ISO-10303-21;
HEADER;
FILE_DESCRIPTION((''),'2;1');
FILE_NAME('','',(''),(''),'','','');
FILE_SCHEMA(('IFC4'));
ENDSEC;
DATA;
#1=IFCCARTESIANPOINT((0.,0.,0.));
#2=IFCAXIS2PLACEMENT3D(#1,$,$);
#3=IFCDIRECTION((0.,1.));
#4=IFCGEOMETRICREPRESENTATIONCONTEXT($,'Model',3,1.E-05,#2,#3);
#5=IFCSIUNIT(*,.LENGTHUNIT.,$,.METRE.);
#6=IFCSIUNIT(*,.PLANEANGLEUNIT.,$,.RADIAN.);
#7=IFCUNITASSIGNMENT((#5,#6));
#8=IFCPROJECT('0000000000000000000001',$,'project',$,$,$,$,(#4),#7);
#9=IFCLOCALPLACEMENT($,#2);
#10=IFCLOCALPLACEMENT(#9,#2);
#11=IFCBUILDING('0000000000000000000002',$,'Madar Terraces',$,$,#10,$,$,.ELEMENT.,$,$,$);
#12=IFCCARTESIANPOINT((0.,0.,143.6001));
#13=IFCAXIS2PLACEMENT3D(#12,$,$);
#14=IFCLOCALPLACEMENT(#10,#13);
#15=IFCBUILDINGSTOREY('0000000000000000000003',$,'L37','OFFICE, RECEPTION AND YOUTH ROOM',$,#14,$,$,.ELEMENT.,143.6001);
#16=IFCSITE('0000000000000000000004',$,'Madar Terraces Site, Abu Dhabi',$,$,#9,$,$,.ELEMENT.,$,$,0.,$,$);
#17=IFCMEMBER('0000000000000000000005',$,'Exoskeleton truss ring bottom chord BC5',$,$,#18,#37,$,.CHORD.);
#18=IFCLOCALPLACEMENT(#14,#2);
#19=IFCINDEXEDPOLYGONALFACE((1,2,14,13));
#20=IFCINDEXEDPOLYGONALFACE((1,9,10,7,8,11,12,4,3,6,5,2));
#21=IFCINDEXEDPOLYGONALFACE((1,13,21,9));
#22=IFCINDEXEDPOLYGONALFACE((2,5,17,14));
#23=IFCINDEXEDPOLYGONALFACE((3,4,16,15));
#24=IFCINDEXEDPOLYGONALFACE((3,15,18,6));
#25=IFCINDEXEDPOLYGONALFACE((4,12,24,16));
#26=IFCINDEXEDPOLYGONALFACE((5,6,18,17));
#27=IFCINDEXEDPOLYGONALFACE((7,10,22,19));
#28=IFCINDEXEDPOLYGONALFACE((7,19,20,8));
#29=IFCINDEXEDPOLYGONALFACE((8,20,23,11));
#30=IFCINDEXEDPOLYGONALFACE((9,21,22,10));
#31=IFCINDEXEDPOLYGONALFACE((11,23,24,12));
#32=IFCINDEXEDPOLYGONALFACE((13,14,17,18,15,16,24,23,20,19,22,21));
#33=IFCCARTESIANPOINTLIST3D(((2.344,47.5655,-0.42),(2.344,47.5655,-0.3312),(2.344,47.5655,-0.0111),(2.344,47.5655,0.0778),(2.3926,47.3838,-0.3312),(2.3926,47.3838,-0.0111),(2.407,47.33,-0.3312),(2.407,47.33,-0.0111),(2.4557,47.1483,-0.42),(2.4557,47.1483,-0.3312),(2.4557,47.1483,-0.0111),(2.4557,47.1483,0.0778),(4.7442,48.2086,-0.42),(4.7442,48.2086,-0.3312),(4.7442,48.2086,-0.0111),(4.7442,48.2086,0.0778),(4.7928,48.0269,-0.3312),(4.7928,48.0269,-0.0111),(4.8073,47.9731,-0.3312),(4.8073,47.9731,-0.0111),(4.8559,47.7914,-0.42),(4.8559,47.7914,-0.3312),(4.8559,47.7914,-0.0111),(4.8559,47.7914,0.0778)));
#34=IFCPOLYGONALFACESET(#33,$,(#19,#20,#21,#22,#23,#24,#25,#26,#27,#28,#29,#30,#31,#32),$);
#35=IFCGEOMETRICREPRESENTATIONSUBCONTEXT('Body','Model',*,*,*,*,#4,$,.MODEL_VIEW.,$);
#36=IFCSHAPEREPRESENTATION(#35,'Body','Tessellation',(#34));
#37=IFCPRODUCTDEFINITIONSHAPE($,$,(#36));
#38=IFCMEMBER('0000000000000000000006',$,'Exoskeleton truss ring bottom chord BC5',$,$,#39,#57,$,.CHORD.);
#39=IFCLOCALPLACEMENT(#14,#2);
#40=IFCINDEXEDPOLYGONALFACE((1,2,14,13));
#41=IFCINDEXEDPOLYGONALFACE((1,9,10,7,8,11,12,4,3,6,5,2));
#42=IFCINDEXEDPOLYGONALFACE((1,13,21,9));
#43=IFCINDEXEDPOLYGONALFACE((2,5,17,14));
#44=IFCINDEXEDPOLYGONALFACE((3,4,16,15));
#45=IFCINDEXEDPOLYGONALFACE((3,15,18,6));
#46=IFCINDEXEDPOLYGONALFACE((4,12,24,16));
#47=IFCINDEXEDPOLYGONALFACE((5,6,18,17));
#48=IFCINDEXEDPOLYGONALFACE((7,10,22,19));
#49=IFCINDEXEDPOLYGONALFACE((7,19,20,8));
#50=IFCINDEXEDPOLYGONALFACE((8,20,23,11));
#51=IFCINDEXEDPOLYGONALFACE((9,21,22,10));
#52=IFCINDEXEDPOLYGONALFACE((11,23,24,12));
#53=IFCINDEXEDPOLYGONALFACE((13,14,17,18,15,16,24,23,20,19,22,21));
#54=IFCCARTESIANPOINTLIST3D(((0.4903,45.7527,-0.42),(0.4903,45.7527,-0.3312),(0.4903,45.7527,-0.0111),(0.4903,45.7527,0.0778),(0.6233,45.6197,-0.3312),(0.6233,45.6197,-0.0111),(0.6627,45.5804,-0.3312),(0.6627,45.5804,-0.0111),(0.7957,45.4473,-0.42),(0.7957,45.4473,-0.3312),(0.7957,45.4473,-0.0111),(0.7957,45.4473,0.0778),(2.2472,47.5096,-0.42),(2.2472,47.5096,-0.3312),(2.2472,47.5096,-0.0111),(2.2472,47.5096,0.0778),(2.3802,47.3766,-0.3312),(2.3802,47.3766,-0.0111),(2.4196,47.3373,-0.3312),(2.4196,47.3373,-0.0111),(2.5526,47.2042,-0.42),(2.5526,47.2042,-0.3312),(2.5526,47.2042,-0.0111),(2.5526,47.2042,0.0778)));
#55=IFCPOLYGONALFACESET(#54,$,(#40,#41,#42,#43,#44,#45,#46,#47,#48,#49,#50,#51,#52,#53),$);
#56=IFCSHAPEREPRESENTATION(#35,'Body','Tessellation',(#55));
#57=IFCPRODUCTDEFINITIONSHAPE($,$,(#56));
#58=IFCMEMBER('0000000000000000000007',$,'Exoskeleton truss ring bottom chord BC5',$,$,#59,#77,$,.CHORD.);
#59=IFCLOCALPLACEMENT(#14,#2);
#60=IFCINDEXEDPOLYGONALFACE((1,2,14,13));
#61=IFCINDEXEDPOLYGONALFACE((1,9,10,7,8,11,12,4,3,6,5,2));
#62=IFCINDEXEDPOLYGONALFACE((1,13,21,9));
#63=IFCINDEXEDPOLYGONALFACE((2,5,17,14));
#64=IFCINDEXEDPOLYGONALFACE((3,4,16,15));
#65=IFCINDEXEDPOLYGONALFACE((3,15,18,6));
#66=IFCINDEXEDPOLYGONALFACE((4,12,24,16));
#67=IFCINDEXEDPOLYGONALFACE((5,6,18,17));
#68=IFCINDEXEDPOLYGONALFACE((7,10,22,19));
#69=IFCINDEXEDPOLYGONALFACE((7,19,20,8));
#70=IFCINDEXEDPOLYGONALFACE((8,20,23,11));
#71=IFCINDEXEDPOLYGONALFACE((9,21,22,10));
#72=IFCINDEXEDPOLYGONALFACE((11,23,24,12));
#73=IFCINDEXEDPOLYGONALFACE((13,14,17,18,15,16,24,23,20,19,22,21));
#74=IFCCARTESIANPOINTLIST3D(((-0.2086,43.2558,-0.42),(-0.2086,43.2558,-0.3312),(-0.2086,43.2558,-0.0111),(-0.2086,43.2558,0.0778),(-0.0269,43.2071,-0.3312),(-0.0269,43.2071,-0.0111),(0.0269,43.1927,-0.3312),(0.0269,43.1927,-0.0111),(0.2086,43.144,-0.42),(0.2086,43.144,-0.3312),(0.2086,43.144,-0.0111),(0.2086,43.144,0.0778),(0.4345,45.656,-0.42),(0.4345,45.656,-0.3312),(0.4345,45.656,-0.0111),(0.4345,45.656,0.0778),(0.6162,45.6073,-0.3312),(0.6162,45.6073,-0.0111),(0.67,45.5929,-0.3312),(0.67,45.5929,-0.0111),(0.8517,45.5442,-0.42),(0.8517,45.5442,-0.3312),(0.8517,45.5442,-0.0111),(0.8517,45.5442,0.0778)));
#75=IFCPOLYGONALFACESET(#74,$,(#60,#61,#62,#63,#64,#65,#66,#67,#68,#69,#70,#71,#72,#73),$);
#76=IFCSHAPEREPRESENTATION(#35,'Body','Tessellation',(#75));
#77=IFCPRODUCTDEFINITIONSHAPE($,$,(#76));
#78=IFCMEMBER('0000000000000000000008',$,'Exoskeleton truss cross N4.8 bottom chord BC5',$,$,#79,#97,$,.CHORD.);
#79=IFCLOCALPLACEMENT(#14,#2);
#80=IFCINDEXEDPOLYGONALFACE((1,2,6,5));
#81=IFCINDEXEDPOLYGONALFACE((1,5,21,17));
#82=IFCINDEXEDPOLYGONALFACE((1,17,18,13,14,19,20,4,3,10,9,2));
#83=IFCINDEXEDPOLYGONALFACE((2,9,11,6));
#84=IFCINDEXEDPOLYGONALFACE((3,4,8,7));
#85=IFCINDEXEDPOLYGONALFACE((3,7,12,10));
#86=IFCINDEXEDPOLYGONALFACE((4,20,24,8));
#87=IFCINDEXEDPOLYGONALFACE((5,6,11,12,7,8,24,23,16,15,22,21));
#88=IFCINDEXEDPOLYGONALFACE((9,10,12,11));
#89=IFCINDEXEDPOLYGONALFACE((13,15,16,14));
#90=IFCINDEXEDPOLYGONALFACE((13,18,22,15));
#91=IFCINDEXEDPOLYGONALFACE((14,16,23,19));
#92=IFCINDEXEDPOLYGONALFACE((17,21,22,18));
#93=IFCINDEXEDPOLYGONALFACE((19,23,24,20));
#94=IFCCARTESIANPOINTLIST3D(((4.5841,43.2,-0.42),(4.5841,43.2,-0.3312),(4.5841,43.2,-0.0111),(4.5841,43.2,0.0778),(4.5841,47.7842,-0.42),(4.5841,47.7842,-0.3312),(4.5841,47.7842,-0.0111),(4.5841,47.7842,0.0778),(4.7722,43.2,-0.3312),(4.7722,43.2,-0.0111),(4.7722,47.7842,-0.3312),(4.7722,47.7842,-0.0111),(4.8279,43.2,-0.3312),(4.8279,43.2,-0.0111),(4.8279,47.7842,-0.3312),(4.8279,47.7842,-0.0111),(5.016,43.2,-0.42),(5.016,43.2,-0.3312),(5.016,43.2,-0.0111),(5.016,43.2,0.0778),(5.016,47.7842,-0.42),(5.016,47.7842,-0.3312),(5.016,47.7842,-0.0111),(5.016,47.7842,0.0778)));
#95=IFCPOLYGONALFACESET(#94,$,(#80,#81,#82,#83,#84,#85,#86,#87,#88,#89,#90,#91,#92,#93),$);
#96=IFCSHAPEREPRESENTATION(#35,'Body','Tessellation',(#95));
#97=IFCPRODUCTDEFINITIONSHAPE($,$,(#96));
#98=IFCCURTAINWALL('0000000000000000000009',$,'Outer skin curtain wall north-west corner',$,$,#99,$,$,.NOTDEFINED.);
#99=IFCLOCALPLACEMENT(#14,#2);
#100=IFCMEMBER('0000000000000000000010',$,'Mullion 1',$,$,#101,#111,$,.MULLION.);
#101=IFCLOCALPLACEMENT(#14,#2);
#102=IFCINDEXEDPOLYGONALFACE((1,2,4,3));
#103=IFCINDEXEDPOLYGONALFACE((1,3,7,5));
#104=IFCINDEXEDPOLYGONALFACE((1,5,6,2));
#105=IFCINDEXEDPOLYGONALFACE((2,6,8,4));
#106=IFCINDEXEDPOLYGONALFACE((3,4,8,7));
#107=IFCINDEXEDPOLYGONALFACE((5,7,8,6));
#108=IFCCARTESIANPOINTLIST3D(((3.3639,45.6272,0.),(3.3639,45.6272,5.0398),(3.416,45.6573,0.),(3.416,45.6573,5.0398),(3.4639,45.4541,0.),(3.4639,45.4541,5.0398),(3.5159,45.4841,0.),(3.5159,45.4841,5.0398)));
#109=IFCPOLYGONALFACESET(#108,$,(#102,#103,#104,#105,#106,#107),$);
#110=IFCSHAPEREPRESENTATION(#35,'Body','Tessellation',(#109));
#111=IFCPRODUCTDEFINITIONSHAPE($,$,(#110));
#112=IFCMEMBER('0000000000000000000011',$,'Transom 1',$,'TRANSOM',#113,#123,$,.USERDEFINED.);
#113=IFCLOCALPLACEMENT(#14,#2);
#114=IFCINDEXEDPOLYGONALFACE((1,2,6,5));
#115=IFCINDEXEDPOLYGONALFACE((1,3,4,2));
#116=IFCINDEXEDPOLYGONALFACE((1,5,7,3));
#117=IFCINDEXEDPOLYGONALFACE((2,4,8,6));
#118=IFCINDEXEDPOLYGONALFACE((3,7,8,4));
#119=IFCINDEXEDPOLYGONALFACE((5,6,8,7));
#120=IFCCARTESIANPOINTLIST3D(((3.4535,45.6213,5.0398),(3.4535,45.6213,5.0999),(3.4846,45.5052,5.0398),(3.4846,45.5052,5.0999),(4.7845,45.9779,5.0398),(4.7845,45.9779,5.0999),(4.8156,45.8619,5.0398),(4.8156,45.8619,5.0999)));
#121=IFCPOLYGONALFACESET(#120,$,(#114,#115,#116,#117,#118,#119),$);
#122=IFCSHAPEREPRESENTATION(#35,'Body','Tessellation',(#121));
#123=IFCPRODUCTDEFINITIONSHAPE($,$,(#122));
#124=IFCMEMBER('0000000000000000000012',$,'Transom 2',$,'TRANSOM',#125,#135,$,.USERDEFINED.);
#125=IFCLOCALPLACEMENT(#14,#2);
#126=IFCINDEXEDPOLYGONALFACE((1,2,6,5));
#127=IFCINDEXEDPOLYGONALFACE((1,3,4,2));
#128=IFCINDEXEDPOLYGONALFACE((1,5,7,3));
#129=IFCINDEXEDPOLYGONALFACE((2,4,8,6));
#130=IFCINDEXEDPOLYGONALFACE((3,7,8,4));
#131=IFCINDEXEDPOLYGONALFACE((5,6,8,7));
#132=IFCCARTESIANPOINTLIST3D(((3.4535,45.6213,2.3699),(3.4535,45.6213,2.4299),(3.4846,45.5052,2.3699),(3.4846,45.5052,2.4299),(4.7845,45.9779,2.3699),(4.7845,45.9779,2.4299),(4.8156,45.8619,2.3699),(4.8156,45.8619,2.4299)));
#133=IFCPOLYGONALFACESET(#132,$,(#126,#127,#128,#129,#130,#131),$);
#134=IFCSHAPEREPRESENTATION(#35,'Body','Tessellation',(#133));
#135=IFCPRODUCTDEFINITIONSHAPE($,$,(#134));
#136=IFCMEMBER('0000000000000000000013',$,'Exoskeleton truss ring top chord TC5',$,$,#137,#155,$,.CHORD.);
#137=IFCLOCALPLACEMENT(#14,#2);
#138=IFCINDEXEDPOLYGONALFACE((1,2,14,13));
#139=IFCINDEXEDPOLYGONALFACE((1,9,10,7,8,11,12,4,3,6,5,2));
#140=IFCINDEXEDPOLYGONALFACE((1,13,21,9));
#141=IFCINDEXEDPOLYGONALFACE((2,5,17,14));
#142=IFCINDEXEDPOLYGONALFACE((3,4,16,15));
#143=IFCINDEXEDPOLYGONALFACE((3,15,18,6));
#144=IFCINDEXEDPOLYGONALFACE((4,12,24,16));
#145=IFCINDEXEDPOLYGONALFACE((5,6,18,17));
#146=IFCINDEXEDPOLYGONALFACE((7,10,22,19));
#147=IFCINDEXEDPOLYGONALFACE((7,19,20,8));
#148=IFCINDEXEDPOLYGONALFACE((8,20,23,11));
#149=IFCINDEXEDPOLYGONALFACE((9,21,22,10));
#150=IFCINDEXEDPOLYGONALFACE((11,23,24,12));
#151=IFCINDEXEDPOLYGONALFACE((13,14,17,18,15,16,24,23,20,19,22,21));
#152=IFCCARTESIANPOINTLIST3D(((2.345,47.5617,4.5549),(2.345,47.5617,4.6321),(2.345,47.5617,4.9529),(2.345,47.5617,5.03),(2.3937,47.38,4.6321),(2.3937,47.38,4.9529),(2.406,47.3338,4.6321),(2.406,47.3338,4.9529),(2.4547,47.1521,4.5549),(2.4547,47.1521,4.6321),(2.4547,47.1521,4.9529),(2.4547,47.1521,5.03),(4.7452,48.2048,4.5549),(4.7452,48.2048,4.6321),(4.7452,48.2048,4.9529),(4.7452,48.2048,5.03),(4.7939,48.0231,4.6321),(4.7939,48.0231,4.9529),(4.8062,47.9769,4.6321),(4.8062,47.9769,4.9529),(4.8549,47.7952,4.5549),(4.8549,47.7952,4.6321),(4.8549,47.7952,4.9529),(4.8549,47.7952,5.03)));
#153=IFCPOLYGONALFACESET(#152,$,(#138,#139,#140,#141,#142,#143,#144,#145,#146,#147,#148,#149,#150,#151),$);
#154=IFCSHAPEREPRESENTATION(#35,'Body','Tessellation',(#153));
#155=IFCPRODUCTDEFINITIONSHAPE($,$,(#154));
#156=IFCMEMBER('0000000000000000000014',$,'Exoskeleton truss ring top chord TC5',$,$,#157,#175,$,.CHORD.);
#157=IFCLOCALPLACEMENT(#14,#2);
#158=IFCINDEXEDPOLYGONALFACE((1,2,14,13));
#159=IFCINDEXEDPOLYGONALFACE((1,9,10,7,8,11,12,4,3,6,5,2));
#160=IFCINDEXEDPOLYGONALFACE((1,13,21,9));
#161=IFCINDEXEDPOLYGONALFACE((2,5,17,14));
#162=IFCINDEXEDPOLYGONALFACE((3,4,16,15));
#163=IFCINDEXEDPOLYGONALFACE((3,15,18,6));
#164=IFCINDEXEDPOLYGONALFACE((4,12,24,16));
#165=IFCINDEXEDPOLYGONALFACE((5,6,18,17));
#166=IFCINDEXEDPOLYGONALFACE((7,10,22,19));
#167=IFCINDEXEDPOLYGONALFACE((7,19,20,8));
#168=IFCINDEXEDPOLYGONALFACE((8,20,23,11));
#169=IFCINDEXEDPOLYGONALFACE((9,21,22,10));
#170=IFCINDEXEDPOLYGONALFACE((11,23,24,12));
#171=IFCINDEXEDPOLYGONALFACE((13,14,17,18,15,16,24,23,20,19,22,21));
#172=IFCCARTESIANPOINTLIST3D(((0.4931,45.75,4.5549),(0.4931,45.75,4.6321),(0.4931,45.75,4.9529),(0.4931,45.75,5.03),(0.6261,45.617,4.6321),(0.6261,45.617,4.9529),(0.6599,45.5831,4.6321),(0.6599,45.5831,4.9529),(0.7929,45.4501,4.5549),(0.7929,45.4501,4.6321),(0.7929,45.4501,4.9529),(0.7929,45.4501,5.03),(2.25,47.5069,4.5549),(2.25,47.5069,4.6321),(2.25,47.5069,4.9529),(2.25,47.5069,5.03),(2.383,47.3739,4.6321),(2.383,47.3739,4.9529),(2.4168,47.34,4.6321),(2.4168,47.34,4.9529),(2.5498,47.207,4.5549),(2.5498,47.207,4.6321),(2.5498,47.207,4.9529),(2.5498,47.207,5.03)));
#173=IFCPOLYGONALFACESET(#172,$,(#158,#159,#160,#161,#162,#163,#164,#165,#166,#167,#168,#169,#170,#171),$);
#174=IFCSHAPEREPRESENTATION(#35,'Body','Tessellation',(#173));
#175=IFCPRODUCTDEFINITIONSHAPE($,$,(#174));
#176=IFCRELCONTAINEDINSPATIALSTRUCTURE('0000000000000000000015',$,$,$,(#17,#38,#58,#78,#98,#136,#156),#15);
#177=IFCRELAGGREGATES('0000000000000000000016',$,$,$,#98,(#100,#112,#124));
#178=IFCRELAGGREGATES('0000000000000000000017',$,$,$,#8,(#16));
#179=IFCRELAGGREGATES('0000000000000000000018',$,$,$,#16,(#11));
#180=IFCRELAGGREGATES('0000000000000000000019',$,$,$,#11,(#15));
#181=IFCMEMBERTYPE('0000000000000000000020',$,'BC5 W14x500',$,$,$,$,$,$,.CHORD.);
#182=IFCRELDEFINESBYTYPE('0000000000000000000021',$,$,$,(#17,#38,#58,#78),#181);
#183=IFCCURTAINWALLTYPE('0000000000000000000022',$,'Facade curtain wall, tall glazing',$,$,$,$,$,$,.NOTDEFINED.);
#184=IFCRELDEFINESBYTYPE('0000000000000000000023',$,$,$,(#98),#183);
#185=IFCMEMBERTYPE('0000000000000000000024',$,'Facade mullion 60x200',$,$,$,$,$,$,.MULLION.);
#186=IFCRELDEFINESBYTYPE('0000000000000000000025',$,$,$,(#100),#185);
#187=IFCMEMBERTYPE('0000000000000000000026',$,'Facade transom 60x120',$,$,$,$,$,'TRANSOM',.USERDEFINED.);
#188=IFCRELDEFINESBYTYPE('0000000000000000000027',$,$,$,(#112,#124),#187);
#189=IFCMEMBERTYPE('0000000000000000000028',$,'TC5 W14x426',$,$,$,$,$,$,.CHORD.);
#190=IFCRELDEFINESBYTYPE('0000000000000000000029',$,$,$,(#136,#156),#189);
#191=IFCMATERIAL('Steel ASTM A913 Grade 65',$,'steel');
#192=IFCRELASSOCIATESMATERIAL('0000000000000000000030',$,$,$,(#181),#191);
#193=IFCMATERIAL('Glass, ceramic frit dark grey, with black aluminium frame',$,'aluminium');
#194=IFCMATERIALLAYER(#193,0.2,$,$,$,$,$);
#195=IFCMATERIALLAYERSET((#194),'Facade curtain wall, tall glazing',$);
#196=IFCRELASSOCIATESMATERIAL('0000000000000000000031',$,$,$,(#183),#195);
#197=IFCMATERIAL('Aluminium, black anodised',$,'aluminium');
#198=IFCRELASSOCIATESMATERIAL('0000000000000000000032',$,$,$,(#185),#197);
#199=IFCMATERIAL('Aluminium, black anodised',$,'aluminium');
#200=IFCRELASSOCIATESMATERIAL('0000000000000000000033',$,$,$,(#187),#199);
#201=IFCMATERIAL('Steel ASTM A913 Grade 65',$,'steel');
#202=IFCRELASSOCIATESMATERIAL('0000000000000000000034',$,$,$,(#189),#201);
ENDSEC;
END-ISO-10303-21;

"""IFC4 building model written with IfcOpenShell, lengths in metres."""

from ifc_helpers import new_model, si_unit, direction, frame, origin, origin_2d, place, context, subcontext, project, spatial, rectangle, i_section, extrude, material, layer, layer_set, material_profile, profile_set, type_object, element, aggregate, save


model = new_model("IFC4")

# Units and contexts
model_context = context("Model", 3, precision=1e-05, world=origin(), true_north=direction((0.0, 1.0)))
body_context = subcontext(model_context, "Body", "Model", "MODEL_VIEW")
ifc_project = project(units=[si_unit("LENGTHUNIT", "METRE"), si_unit("PLANEANGLEUNIT", "RADIAN")], contexts=[model_context])

# Site, building, storey
site_placement = place(None, origin())
site = spatial("IfcSite", under=ifc_project, at=site_placement, Name="Madar Terraces Site, Abu Dhabi", CompositionType="ELEMENT", RefElevation=0.0)
building_placement = place(site_placement, origin())
building = spatial("IfcBuilding", under=site, at=building_placement, Name="Madar Terraces", CompositionType="ELEMENT")
storey_placement = place(building_placement, frame((0.0, 0.0, 143.6001)))
storey = spatial("IfcBuildingStorey", under=building, at=storey_placement, Name="L37", Description="OFFICE, RECEPTION AND YOUTH ROOM", CompositionType="ELEMENT", Elevation=143.6001)

# Members
ifc_material_1 = material(Name="Steel ASTM A913 Grade 65", Category="steel")
ifc_material_profile_1 = material_profile(ifc_material_1, i_section(OverallWidth=0.4319, OverallDepth=0.4978, WebThickness=0.0557, FlangeThickness=0.0889, at=origin_2d()), Name="W14x500")
ifc_profile_set_1 = profile_set([ifc_material_profile_1], Name="Steel ASTM A913 Grade 65")
member_type_1 = type_object("IfcMemberType", Name="BC5 W14x500", PredefinedType="CHORD", material=ifc_profile_set_1)
member_1_placement = place(storey_placement, frame((4.8, 48.0, -0.1711), z_axis=(-0.965931, -0.2588, 0.0), x_axis=(0.2588, -0.965931, 0.0)))
element("IfcMember", 1, at=member_1_placement, inside=storey, type_object=member_type_1, Name="Exoskeleton truss ring bottom chord BC5", PredefinedType="CHORD", context=body_context, shape_type="SweptSolid", body=[
    extrude(i_section(OverallWidth=0.4319, OverallDepth=0.4978, WebThickness=0.0557, FlangeThickness=0.0889, at=origin_2d()), origin(), (0.0, 0.0, 1.0), 2.4849),
])
member_2_placement = place(storey_placement, frame((2.3999, 47.3569, -0.1711), z_axis=(-0.707107, -0.707107, 0.0), x_axis=(0.707107, -0.707107, 0.0)))
element("IfcMember", 2, at=member_2_placement, inside=storey, type_object=member_type_1, Name="Exoskeleton truss ring bottom chord BC5", PredefinedType="CHORD", context=body_context, shape_type="SweptSolid", body=[
    extrude(i_section(OverallWidth=0.4319, OverallDepth=0.4978, WebThickness=0.0557, FlangeThickness=0.0889, at=origin_2d()), origin(), (0.0, 0.0, 1.0), 2.4846),
])
member_3_placement = place(storey_placement, frame((0.6431, 45.6001, -0.1711), z_axis=(-0.2588, -0.965931, 0.0), x_axis=(0.965931, -0.2588, 0.0)))
element("IfcMember", 3, at=member_3_placement, inside=storey, type_object=member_type_1, Name="Exoskeleton truss ring bottom chord BC5", PredefinedType="CHORD", context=body_context, shape_type="SweptSolid", body=[
    extrude(i_section(OverallWidth=0.4319, OverallDepth=0.4978, WebThickness=0.0557, FlangeThickness=0.0889, at=origin_2d()), origin(), (0.0, 0.0, 1.0), 2.4849),
])
member_4_placement = place(storey_placement, frame((4.8, 47.7842, -0.1711), z_axis=(0.0, -1.0, 0.0), x_axis=(1.0, 0.0, 0.0)))
element("IfcMember", 4, at=member_4_placement, inside=storey, type_object=member_type_1, Name="Exoskeleton truss cross N4.8 bottom chord BC5", PredefinedType="CHORD", context=body_context, shape_type="SweptSolid", body=[
    extrude(i_section(OverallWidth=0.4319, OverallDepth=0.4978, WebThickness=0.0557, FlangeThickness=0.0889, at=origin_2d()), origin(), (0.0, 0.0, 1.0), 4.5842),
])

# Curtain wall, members
ifc_material_2 = material(Name="Glass, ceramic frit dark grey, with black aluminium frame", Category="aluminium")
ifc_layer_1 = layer(ifc_material_2, 0.2)
ifc_layer_set_1 = layer_set([ifc_layer_1], Name="Facade curtain wall, tall glazing")
curtain_wall_type = type_object("IfcCurtainWallType", Name="Facade curtain wall, tall glazing", PredefinedType="NOTDEFINED", material=ifc_layer_set_1)
curtain_wall_placement = place(storey_placement, origin())
curtain_wall = element("IfcCurtainWall", 5, at=curtain_wall_placement, inside=storey, type_object=curtain_wall_type, Name="Outer skin curtain wall north-west corner", PredefinedType="NOTDEFINED")
ifc_material_3 = material(Name="Aluminium, black anodised", Category="aluminium")
ifc_material_profile_2 = material_profile(ifc_material_3, rectangle(XDim=0.2, YDim=0.0601, at=origin_2d()), Name="Facade mullion 60x200")
ifc_profile_set_2 = profile_set([ifc_material_profile_2], Name="Aluminium, black anodised")
member_type_2 = type_object("IfcMemberType", Name="Facade mullion 60x200", PredefinedType="MULLION", material=ifc_profile_set_2)
member_5_placement = place(storey_placement, frame((3.4399, 45.5557, 0.0), z_axis=(0.0, 0.0, 1.0), x_axis=(0.5, -0.866025, 0.0)))
member_5 = element("IfcMember", 6, at=member_5_placement, type_object=member_type_2, Name="Mullion 1", PredefinedType="MULLION", context=body_context, shape_type="SweptSolid", body=[
    extrude(rectangle(XDim=0.2, YDim=0.0601, at=origin_2d()), origin(), (0.0, 0.0, 1.0), 5.0398),
])
ifc_material_4 = material(Name="Aluminium, black anodised", Category="aluminium")
ifc_material_profile_3 = material_profile(ifc_material_4, rectangle(XDim=0.1201, YDim=0.0601, at=origin_2d()), Name="Facade transom 60x120")
ifc_profile_set_3 = profile_set([ifc_material_profile_3], Name="Aluminium, black anodised")
member_type_3 = type_object("IfcMemberType", Name="Facade transom 60x120", ElementType="TRANSOM", PredefinedType="USERDEFINED", material=ifc_profile_set_3)
member_6_placement = place(storey_placement, frame((4.8, 45.9199, 5.0698), z_axis=(-0.96592, -0.258842, 0.0), x_axis=(0.258842, -0.96592, 0.0)))
member_6 = element("IfcMember", 7, at=member_6_placement, type_object=member_type_3, Name="Transom 1", ObjectType="TRANSOM", PredefinedType="USERDEFINED", context=body_context, shape_type="SweptSolid", body=[
    extrude(rectangle(XDim=0.1201, YDim=0.0601, at=origin_2d()), origin(), (0.0, 0.0, 1.0), 1.3779),
])
member_7_placement = place(storey_placement, frame((4.8, 45.9199, 2.3999), z_axis=(-0.96592, -0.258842, 0.0), x_axis=(0.258842, -0.96592, 0.0)))
member_7 = element("IfcMember", 8, at=member_7_placement, type_object=member_type_3, Name="Transom 2", ObjectType="TRANSOM", PredefinedType="USERDEFINED", context=body_context, shape_type="SweptSolid", body=[
    extrude(rectangle(XDim=0.1201, YDim=0.0601, at=origin_2d()), origin(), (0.0, 0.0, 1.0), 1.3779),
])

# Members
ifc_material_5 = material(Name="Steel ASTM A913 Grade 65", Category="steel")
ifc_material_profile_4 = material_profile(ifc_material_5, i_section(OverallWidth=0.4241, OverallDepth=0.4751, WebThickness=0.0479, FlangeThickness=0.0771, at=origin_2d()), Name="W14x426")
ifc_profile_set_4 = profile_set([ifc_material_profile_4], Name="Steel ASTM A913 Grade 65")
member_type_4 = type_object("IfcMemberType", Name="TC5 W14x426", PredefinedType="CHORD", material=ifc_profile_set_4)
member_8_placement = place(storey_placement, frame((4.8, 48.0, 4.7925), z_axis=(-0.965931, -0.2588, 0.0), x_axis=(0.2588, -0.965931, 0.0)))
element("IfcMember", 9, at=member_8_placement, inside=storey, type_object=member_type_4, Name="Exoskeleton truss ring top chord TC5", PredefinedType="CHORD", context=body_context, shape_type="SweptSolid", body=[
    extrude(i_section(OverallWidth=0.4241, OverallDepth=0.4751, WebThickness=0.0479, FlangeThickness=0.0771, at=origin_2d()), origin(), (0.0, 0.0, 1.0), 2.4849),
])
member_9_placement = place(storey_placement, frame((2.3999, 47.3569, 4.7925), z_axis=(-0.707107, -0.707107, 0.0), x_axis=(0.707107, -0.707107, 0.0)))
element("IfcMember", 10, at=member_9_placement, inside=storey, type_object=member_type_4, Name="Exoskeleton truss ring top chord TC5", PredefinedType="CHORD", context=body_context, shape_type="SweptSolid", body=[
    extrude(i_section(OverallWidth=0.4241, OverallDepth=0.4751, WebThickness=0.0479, FlangeThickness=0.0771, at=origin_2d()), origin(), (0.0, 0.0, 1.0), 2.4846),
])

aggregate(curtain_wall, [member_5, member_6, member_7])

save(model, "model.ifc")
